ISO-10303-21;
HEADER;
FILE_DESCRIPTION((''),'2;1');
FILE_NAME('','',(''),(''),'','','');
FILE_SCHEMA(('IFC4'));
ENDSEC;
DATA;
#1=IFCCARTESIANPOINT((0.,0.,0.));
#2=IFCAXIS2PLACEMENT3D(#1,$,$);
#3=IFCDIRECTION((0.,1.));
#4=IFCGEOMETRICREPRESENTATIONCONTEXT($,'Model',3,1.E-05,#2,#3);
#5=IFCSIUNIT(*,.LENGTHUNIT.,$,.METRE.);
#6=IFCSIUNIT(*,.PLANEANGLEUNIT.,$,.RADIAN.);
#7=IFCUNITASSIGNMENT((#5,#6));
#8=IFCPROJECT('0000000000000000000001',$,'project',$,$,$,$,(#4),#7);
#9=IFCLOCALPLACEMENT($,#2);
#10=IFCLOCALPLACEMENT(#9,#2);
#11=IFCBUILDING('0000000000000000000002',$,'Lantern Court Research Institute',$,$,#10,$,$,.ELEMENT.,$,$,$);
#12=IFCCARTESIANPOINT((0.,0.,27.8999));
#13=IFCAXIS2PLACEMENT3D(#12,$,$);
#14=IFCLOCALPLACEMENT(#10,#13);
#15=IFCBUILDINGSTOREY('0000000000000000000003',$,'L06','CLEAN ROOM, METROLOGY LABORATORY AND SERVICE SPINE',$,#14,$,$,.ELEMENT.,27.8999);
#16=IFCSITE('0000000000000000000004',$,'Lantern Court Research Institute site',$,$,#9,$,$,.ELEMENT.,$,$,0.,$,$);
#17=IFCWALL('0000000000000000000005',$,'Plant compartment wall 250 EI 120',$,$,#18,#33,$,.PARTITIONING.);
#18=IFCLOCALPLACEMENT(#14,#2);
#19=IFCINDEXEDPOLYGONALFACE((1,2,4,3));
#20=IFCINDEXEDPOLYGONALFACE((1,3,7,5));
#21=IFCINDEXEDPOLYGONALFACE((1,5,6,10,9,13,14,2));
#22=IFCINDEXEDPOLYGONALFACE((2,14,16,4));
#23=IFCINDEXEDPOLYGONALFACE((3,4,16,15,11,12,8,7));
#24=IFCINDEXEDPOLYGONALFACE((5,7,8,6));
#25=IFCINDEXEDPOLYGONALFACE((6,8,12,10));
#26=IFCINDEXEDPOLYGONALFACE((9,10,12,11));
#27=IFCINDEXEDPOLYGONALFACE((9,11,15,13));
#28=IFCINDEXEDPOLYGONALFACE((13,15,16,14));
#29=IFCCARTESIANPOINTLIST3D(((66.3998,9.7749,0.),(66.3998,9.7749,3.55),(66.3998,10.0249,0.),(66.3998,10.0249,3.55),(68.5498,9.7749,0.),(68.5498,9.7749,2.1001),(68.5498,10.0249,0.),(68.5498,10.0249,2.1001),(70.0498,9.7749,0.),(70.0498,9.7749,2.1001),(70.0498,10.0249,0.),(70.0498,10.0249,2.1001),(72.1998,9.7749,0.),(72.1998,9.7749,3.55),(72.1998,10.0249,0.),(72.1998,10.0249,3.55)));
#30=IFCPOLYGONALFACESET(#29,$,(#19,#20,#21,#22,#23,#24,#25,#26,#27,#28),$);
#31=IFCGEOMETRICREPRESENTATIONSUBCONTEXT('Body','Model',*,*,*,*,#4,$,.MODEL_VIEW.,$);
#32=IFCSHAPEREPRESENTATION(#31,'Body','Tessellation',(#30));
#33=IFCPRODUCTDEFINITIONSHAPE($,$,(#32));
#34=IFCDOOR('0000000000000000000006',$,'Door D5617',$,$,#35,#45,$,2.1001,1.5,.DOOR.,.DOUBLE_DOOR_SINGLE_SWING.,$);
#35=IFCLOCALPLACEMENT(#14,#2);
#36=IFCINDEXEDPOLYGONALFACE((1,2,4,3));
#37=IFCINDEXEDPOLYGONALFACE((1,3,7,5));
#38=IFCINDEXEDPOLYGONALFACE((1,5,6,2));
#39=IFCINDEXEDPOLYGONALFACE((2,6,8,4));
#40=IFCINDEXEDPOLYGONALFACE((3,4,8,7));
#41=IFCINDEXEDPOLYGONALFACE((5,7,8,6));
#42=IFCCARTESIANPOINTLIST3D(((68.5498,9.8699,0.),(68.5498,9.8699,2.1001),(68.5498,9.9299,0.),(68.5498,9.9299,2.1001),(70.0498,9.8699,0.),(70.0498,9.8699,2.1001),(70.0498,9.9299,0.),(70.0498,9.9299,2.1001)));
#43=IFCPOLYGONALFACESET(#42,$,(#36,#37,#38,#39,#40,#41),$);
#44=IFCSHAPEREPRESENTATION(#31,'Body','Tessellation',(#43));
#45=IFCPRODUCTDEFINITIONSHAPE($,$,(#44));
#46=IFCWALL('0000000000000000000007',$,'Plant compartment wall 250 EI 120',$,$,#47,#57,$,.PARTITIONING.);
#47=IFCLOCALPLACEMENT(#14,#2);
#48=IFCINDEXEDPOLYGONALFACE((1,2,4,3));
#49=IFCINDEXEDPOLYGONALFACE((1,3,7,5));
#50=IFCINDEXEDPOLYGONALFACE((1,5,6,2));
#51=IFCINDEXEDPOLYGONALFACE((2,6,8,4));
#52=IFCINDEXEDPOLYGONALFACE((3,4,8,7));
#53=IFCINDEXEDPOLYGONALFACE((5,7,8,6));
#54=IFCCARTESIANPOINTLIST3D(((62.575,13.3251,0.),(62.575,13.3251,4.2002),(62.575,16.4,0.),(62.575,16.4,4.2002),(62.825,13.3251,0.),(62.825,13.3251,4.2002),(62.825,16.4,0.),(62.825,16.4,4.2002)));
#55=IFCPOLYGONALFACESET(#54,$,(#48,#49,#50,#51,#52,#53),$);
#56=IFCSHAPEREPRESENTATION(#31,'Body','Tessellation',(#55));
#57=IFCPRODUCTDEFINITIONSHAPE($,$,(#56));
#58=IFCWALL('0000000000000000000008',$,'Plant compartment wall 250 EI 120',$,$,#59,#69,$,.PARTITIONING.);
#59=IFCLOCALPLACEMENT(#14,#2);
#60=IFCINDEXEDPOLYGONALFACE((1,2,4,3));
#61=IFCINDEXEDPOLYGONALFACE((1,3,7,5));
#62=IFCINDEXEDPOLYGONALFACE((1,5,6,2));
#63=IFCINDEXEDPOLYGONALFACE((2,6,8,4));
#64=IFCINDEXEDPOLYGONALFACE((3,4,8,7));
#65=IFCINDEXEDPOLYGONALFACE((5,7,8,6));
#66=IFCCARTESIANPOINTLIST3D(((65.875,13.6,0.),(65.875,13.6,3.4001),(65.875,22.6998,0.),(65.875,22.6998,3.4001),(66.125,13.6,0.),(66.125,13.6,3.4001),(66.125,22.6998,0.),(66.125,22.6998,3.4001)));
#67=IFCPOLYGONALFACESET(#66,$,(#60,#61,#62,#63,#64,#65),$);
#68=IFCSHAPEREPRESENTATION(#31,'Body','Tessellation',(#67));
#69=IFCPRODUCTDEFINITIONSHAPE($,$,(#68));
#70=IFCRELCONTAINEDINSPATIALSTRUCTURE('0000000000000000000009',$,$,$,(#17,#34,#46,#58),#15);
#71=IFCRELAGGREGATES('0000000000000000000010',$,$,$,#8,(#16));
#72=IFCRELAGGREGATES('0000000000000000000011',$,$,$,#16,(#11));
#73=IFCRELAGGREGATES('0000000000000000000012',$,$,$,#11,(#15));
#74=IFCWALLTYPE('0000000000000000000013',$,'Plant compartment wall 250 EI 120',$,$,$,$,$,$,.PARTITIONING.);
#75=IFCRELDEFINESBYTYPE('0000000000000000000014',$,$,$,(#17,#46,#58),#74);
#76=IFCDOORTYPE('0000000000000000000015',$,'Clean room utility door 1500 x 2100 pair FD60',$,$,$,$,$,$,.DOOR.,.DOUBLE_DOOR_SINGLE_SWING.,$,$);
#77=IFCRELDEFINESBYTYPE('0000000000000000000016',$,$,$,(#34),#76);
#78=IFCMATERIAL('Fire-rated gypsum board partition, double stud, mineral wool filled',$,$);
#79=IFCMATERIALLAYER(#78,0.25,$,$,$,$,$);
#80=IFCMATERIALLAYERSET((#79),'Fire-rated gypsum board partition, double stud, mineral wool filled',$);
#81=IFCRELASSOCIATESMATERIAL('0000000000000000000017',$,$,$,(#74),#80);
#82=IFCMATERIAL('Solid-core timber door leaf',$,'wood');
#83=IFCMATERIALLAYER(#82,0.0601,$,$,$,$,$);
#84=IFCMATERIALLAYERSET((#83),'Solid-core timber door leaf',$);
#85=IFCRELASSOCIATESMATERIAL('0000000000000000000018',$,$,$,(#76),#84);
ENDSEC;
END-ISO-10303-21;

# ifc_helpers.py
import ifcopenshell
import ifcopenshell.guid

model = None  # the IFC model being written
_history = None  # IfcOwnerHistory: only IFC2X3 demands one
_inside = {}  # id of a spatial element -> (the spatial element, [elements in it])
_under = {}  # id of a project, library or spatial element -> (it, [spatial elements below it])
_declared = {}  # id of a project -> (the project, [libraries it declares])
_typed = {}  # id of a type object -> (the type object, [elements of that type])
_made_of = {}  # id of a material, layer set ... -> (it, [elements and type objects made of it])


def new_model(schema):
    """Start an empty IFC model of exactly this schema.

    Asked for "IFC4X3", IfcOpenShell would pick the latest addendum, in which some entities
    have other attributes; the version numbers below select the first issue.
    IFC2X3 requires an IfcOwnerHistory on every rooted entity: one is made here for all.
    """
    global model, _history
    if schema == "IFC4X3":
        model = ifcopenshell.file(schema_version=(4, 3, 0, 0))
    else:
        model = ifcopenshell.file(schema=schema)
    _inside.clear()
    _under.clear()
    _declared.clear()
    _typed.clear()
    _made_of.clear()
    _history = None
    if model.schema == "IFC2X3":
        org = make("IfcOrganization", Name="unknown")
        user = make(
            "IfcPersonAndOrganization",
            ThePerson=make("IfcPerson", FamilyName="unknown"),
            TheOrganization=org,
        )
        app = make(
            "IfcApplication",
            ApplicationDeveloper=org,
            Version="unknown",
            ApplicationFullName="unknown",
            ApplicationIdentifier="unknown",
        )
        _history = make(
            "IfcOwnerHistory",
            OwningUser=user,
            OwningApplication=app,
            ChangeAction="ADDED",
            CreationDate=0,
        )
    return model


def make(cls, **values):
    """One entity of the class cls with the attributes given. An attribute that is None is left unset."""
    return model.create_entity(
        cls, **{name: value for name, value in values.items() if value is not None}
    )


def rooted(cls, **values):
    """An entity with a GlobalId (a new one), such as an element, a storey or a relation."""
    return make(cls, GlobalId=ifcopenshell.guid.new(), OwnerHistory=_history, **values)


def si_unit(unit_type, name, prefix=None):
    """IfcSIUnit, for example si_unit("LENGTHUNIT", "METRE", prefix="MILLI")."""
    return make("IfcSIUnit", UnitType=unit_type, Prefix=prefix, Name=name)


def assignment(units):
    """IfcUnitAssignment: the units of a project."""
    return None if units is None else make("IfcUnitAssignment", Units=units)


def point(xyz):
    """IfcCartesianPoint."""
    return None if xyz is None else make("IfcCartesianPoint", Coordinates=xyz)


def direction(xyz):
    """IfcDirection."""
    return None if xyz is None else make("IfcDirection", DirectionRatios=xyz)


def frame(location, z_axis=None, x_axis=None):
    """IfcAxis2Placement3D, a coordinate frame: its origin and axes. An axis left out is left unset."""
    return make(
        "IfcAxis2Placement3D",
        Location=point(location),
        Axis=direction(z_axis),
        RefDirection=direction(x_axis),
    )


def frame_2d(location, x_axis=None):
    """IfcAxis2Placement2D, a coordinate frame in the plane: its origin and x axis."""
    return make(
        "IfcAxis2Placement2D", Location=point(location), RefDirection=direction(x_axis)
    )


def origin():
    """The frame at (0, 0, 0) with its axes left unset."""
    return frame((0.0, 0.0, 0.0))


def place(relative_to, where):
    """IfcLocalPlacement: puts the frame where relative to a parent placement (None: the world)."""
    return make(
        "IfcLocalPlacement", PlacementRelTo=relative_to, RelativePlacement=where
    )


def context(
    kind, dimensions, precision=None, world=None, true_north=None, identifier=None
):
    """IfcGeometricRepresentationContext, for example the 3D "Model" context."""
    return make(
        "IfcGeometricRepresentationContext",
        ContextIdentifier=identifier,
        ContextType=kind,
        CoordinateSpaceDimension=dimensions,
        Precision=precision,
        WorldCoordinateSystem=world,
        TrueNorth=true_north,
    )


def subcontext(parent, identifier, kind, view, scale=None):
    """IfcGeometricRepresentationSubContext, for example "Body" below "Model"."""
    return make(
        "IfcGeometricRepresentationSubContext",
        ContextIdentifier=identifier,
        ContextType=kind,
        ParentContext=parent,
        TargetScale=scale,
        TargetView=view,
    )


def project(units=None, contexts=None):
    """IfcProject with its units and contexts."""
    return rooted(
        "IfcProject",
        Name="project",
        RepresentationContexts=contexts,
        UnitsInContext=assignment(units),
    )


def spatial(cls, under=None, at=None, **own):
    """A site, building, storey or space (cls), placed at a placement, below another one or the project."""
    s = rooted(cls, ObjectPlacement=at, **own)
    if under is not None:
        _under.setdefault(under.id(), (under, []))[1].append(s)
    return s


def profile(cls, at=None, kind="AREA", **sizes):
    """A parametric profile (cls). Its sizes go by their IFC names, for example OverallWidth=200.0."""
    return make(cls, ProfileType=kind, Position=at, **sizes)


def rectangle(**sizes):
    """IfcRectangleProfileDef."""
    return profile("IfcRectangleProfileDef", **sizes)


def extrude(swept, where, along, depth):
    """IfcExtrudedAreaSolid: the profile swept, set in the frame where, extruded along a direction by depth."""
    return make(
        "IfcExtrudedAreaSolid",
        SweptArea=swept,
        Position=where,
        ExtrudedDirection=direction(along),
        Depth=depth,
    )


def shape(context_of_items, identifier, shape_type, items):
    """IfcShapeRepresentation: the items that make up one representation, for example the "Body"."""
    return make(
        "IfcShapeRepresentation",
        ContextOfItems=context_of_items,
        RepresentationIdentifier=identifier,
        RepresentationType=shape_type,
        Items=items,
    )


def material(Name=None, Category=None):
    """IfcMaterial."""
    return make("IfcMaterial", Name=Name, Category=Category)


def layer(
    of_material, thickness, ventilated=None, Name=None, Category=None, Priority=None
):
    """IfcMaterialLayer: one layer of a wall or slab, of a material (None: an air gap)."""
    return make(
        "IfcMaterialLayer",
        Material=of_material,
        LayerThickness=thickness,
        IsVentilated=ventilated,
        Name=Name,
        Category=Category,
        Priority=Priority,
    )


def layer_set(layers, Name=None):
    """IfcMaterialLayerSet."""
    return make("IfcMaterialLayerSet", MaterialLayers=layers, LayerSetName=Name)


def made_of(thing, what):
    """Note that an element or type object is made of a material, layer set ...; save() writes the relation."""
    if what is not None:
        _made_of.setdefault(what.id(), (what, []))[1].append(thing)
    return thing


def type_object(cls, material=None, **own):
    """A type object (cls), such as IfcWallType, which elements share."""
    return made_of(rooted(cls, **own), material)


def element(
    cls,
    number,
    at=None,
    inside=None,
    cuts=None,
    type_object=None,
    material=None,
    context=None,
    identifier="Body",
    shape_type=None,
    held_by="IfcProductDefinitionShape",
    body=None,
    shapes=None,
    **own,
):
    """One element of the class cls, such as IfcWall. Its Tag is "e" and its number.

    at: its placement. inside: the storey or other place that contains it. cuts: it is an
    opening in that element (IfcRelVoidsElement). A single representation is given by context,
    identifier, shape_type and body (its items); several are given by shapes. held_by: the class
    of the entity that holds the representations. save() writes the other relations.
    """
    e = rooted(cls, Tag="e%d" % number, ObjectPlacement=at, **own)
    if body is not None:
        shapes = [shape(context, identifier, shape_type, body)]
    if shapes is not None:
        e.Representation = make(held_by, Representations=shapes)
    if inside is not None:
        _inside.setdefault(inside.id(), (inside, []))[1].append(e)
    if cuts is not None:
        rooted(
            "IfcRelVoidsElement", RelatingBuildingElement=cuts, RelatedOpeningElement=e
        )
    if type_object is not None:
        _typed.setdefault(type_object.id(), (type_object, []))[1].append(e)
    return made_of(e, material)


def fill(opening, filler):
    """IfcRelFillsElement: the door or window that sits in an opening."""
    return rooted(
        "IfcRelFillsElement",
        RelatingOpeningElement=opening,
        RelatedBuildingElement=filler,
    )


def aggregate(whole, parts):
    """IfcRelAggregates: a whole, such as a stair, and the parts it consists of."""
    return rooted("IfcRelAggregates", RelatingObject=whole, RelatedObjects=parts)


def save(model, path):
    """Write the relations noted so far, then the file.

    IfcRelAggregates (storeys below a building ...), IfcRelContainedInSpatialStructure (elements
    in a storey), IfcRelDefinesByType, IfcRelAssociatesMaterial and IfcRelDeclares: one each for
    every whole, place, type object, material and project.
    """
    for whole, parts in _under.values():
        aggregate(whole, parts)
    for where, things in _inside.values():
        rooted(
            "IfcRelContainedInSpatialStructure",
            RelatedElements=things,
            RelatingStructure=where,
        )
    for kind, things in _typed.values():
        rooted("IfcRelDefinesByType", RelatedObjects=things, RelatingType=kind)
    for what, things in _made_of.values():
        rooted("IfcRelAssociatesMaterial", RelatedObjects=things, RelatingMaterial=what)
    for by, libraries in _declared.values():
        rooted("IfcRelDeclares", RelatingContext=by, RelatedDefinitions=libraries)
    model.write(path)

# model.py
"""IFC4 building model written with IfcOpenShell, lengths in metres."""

from ifc_helpers import new_model, si_unit, direction, frame, frame_2d, origin, place, context, subcontext, project, spatial, rectangle, extrude, material, layer, layer_set, type_object, element, fill, save


model = new_model("IFC4")

# Units and contexts
model_context = context("Model", 3, precision=1e-05, world=origin(), true_north=direction((0.0, 1.0)))
body_context = subcontext(model_context, "Body", "Model", "MODEL_VIEW")
ifc_project = project(units=[si_unit("LENGTHUNIT", "METRE"), si_unit("PLANEANGLEUNIT", "RADIAN")], contexts=[model_context])

# Site, building, storey
site_placement = place(None, origin())
site = spatial("IfcSite", under=ifc_project, at=site_placement, Name="Lantern Court Research Institute site", CompositionType="ELEMENT", RefElevation=0.0)
building_placement = place(site_placement, origin())
building = spatial("IfcBuilding", under=site, at=building_placement, Name="Lantern Court Research Institute", CompositionType="ELEMENT")
storey_placement = place(building_placement, frame((0.0, 0.0, 27.8999)))
storey = spatial("IfcBuildingStorey", under=building, at=storey_placement, Name="L06", Description="CLEAN ROOM, METROLOGY LABORATORY AND SERVICE SPINE", CompositionType="ELEMENT", Elevation=27.8999)

# Wall, opening, door
ifc_material_1 = material(Name="Fire-rated gypsum board partition, double stud, mineral wool filled")
ifc_layer_1 = layer(ifc_material_1, 0.25)
ifc_layer_set_1 = layer_set([ifc_layer_1], Name="Fire-rated gypsum board partition, double stud, mineral wool filled")
wall_type_1 = type_object("IfcWallType", Name="Plant compartment wall 250 EI 120", PredefinedType="PARTITIONING", material=ifc_layer_set_1)
wall_1_placement = place(storey_placement, frame((66.3999, 9.8999, 0.0), z_axis=(0.0, 0.0, 1.0), x_axis=(1.0, 0.0, 0.0)))
wall_1 = element("IfcWall", 1, at=wall_1_placement, inside=storey, type_object=wall_type_1, Name="Plant compartment wall 250 EI 120", PredefinedType="PARTITIONING", context=body_context, shape_type="SweptSolid", body=[
    extrude(rectangle(XDim=5.8, YDim=0.25, at=frame_2d((2.8999, 0.0))), origin(), (0.0, 0.0, 1.0), 3.55),
])
opening_1_placement = place(wall_1_placement, frame((2.1499, 0.0, 0.0)))
opening_1 = element("IfcOpeningElement", 2, at=opening_1_placement, cuts=wall_1, PredefinedType="OPENING", context=body_context, shape_type="SweptSolid", body=[
    extrude(rectangle(XDim=1.5, YDim=2.1001, at=frame_2d((0.75, 1.05))), frame((0.0, 0.135, 0.0), z_axis=(0.0, -1.0, 0.0), x_axis=(1.0, 0.0, 0.0)), (0.0, 0.0, 1.0), 0.27),
])
ifc_material_2 = material(Name="Solid-core timber door leaf", Category="wood")
ifc_layer_2 = layer(ifc_material_2, 0.0601)
ifc_layer_set_2 = layer_set([ifc_layer_2], Name="Solid-core timber door leaf")
door_type_1 = type_object("IfcDoorType", Name="Clean room utility door 1500 x 2100 pair FD60", OperationType="DOUBLE_DOOR_SINGLE_SWING", PredefinedType="DOOR", material=ifc_layer_set_2)
door_1_placement = place(opening_1_placement, origin())
door_1 = element("IfcDoor", 3, at=door_1_placement, inside=storey, type_object=door_type_1, Name="Door D5617", OperationType="DOUBLE_DOOR_SINGLE_SWING", OverallHeight=2.1001, OverallWidth=1.5, PredefinedType="DOOR", context=body_context, shape_type="SweptSolid", body=[
    extrude(rectangle(XDim=1.5, YDim=2.1001, at=frame_2d((0.75, 1.05))), frame((0.0, 0.03, 0.0), z_axis=(0.0, -1.0, 0.0), x_axis=(1.0, 0.0, 0.0)), (0.0, 0.0, 1.0), 0.0601),
])
fill(opening_1, door_1)

# Walls
wall_2_placement = place(storey_placement, frame((62.7, 13.325, 0.0), z_axis=(0.0, 0.0, 1.0), x_axis=(0.0, 1.0, 0.0)))
element("IfcWall", 4, at=wall_2_placement, inside=storey, type_object=wall_type_1, Name="Plant compartment wall 250 EI 120", PredefinedType="PARTITIONING", context=body_context, shape_type="SweptSolid", body=[
    extrude(rectangle(XDim=3.075, YDim=0.25, at=frame_2d((1.5376, 0.0))), origin(), (0.0, 0.0, 1.0), 4.2002),
])
wall_3_placement = place(storey_placement, frame((66.0, 13.6001, 0.0), z_axis=(0.0, 0.0, 1.0), x_axis=(0.0, 1.0, 0.0)))
element("IfcWall", 5, at=wall_3_placement, inside=storey, type_object=wall_type_1, Name="Plant compartment wall 250 EI 120", PredefinedType="PARTITIONING", context=body_context, shape_type="SweptSolid", body=[
    extrude(rectangle(XDim=9.0999, YDim=0.25, at=frame_2d((4.5498, 0.0))), origin(), (0.0, 0.0, 1.0), 3.4001),
])

save(model, "model.ifc")
